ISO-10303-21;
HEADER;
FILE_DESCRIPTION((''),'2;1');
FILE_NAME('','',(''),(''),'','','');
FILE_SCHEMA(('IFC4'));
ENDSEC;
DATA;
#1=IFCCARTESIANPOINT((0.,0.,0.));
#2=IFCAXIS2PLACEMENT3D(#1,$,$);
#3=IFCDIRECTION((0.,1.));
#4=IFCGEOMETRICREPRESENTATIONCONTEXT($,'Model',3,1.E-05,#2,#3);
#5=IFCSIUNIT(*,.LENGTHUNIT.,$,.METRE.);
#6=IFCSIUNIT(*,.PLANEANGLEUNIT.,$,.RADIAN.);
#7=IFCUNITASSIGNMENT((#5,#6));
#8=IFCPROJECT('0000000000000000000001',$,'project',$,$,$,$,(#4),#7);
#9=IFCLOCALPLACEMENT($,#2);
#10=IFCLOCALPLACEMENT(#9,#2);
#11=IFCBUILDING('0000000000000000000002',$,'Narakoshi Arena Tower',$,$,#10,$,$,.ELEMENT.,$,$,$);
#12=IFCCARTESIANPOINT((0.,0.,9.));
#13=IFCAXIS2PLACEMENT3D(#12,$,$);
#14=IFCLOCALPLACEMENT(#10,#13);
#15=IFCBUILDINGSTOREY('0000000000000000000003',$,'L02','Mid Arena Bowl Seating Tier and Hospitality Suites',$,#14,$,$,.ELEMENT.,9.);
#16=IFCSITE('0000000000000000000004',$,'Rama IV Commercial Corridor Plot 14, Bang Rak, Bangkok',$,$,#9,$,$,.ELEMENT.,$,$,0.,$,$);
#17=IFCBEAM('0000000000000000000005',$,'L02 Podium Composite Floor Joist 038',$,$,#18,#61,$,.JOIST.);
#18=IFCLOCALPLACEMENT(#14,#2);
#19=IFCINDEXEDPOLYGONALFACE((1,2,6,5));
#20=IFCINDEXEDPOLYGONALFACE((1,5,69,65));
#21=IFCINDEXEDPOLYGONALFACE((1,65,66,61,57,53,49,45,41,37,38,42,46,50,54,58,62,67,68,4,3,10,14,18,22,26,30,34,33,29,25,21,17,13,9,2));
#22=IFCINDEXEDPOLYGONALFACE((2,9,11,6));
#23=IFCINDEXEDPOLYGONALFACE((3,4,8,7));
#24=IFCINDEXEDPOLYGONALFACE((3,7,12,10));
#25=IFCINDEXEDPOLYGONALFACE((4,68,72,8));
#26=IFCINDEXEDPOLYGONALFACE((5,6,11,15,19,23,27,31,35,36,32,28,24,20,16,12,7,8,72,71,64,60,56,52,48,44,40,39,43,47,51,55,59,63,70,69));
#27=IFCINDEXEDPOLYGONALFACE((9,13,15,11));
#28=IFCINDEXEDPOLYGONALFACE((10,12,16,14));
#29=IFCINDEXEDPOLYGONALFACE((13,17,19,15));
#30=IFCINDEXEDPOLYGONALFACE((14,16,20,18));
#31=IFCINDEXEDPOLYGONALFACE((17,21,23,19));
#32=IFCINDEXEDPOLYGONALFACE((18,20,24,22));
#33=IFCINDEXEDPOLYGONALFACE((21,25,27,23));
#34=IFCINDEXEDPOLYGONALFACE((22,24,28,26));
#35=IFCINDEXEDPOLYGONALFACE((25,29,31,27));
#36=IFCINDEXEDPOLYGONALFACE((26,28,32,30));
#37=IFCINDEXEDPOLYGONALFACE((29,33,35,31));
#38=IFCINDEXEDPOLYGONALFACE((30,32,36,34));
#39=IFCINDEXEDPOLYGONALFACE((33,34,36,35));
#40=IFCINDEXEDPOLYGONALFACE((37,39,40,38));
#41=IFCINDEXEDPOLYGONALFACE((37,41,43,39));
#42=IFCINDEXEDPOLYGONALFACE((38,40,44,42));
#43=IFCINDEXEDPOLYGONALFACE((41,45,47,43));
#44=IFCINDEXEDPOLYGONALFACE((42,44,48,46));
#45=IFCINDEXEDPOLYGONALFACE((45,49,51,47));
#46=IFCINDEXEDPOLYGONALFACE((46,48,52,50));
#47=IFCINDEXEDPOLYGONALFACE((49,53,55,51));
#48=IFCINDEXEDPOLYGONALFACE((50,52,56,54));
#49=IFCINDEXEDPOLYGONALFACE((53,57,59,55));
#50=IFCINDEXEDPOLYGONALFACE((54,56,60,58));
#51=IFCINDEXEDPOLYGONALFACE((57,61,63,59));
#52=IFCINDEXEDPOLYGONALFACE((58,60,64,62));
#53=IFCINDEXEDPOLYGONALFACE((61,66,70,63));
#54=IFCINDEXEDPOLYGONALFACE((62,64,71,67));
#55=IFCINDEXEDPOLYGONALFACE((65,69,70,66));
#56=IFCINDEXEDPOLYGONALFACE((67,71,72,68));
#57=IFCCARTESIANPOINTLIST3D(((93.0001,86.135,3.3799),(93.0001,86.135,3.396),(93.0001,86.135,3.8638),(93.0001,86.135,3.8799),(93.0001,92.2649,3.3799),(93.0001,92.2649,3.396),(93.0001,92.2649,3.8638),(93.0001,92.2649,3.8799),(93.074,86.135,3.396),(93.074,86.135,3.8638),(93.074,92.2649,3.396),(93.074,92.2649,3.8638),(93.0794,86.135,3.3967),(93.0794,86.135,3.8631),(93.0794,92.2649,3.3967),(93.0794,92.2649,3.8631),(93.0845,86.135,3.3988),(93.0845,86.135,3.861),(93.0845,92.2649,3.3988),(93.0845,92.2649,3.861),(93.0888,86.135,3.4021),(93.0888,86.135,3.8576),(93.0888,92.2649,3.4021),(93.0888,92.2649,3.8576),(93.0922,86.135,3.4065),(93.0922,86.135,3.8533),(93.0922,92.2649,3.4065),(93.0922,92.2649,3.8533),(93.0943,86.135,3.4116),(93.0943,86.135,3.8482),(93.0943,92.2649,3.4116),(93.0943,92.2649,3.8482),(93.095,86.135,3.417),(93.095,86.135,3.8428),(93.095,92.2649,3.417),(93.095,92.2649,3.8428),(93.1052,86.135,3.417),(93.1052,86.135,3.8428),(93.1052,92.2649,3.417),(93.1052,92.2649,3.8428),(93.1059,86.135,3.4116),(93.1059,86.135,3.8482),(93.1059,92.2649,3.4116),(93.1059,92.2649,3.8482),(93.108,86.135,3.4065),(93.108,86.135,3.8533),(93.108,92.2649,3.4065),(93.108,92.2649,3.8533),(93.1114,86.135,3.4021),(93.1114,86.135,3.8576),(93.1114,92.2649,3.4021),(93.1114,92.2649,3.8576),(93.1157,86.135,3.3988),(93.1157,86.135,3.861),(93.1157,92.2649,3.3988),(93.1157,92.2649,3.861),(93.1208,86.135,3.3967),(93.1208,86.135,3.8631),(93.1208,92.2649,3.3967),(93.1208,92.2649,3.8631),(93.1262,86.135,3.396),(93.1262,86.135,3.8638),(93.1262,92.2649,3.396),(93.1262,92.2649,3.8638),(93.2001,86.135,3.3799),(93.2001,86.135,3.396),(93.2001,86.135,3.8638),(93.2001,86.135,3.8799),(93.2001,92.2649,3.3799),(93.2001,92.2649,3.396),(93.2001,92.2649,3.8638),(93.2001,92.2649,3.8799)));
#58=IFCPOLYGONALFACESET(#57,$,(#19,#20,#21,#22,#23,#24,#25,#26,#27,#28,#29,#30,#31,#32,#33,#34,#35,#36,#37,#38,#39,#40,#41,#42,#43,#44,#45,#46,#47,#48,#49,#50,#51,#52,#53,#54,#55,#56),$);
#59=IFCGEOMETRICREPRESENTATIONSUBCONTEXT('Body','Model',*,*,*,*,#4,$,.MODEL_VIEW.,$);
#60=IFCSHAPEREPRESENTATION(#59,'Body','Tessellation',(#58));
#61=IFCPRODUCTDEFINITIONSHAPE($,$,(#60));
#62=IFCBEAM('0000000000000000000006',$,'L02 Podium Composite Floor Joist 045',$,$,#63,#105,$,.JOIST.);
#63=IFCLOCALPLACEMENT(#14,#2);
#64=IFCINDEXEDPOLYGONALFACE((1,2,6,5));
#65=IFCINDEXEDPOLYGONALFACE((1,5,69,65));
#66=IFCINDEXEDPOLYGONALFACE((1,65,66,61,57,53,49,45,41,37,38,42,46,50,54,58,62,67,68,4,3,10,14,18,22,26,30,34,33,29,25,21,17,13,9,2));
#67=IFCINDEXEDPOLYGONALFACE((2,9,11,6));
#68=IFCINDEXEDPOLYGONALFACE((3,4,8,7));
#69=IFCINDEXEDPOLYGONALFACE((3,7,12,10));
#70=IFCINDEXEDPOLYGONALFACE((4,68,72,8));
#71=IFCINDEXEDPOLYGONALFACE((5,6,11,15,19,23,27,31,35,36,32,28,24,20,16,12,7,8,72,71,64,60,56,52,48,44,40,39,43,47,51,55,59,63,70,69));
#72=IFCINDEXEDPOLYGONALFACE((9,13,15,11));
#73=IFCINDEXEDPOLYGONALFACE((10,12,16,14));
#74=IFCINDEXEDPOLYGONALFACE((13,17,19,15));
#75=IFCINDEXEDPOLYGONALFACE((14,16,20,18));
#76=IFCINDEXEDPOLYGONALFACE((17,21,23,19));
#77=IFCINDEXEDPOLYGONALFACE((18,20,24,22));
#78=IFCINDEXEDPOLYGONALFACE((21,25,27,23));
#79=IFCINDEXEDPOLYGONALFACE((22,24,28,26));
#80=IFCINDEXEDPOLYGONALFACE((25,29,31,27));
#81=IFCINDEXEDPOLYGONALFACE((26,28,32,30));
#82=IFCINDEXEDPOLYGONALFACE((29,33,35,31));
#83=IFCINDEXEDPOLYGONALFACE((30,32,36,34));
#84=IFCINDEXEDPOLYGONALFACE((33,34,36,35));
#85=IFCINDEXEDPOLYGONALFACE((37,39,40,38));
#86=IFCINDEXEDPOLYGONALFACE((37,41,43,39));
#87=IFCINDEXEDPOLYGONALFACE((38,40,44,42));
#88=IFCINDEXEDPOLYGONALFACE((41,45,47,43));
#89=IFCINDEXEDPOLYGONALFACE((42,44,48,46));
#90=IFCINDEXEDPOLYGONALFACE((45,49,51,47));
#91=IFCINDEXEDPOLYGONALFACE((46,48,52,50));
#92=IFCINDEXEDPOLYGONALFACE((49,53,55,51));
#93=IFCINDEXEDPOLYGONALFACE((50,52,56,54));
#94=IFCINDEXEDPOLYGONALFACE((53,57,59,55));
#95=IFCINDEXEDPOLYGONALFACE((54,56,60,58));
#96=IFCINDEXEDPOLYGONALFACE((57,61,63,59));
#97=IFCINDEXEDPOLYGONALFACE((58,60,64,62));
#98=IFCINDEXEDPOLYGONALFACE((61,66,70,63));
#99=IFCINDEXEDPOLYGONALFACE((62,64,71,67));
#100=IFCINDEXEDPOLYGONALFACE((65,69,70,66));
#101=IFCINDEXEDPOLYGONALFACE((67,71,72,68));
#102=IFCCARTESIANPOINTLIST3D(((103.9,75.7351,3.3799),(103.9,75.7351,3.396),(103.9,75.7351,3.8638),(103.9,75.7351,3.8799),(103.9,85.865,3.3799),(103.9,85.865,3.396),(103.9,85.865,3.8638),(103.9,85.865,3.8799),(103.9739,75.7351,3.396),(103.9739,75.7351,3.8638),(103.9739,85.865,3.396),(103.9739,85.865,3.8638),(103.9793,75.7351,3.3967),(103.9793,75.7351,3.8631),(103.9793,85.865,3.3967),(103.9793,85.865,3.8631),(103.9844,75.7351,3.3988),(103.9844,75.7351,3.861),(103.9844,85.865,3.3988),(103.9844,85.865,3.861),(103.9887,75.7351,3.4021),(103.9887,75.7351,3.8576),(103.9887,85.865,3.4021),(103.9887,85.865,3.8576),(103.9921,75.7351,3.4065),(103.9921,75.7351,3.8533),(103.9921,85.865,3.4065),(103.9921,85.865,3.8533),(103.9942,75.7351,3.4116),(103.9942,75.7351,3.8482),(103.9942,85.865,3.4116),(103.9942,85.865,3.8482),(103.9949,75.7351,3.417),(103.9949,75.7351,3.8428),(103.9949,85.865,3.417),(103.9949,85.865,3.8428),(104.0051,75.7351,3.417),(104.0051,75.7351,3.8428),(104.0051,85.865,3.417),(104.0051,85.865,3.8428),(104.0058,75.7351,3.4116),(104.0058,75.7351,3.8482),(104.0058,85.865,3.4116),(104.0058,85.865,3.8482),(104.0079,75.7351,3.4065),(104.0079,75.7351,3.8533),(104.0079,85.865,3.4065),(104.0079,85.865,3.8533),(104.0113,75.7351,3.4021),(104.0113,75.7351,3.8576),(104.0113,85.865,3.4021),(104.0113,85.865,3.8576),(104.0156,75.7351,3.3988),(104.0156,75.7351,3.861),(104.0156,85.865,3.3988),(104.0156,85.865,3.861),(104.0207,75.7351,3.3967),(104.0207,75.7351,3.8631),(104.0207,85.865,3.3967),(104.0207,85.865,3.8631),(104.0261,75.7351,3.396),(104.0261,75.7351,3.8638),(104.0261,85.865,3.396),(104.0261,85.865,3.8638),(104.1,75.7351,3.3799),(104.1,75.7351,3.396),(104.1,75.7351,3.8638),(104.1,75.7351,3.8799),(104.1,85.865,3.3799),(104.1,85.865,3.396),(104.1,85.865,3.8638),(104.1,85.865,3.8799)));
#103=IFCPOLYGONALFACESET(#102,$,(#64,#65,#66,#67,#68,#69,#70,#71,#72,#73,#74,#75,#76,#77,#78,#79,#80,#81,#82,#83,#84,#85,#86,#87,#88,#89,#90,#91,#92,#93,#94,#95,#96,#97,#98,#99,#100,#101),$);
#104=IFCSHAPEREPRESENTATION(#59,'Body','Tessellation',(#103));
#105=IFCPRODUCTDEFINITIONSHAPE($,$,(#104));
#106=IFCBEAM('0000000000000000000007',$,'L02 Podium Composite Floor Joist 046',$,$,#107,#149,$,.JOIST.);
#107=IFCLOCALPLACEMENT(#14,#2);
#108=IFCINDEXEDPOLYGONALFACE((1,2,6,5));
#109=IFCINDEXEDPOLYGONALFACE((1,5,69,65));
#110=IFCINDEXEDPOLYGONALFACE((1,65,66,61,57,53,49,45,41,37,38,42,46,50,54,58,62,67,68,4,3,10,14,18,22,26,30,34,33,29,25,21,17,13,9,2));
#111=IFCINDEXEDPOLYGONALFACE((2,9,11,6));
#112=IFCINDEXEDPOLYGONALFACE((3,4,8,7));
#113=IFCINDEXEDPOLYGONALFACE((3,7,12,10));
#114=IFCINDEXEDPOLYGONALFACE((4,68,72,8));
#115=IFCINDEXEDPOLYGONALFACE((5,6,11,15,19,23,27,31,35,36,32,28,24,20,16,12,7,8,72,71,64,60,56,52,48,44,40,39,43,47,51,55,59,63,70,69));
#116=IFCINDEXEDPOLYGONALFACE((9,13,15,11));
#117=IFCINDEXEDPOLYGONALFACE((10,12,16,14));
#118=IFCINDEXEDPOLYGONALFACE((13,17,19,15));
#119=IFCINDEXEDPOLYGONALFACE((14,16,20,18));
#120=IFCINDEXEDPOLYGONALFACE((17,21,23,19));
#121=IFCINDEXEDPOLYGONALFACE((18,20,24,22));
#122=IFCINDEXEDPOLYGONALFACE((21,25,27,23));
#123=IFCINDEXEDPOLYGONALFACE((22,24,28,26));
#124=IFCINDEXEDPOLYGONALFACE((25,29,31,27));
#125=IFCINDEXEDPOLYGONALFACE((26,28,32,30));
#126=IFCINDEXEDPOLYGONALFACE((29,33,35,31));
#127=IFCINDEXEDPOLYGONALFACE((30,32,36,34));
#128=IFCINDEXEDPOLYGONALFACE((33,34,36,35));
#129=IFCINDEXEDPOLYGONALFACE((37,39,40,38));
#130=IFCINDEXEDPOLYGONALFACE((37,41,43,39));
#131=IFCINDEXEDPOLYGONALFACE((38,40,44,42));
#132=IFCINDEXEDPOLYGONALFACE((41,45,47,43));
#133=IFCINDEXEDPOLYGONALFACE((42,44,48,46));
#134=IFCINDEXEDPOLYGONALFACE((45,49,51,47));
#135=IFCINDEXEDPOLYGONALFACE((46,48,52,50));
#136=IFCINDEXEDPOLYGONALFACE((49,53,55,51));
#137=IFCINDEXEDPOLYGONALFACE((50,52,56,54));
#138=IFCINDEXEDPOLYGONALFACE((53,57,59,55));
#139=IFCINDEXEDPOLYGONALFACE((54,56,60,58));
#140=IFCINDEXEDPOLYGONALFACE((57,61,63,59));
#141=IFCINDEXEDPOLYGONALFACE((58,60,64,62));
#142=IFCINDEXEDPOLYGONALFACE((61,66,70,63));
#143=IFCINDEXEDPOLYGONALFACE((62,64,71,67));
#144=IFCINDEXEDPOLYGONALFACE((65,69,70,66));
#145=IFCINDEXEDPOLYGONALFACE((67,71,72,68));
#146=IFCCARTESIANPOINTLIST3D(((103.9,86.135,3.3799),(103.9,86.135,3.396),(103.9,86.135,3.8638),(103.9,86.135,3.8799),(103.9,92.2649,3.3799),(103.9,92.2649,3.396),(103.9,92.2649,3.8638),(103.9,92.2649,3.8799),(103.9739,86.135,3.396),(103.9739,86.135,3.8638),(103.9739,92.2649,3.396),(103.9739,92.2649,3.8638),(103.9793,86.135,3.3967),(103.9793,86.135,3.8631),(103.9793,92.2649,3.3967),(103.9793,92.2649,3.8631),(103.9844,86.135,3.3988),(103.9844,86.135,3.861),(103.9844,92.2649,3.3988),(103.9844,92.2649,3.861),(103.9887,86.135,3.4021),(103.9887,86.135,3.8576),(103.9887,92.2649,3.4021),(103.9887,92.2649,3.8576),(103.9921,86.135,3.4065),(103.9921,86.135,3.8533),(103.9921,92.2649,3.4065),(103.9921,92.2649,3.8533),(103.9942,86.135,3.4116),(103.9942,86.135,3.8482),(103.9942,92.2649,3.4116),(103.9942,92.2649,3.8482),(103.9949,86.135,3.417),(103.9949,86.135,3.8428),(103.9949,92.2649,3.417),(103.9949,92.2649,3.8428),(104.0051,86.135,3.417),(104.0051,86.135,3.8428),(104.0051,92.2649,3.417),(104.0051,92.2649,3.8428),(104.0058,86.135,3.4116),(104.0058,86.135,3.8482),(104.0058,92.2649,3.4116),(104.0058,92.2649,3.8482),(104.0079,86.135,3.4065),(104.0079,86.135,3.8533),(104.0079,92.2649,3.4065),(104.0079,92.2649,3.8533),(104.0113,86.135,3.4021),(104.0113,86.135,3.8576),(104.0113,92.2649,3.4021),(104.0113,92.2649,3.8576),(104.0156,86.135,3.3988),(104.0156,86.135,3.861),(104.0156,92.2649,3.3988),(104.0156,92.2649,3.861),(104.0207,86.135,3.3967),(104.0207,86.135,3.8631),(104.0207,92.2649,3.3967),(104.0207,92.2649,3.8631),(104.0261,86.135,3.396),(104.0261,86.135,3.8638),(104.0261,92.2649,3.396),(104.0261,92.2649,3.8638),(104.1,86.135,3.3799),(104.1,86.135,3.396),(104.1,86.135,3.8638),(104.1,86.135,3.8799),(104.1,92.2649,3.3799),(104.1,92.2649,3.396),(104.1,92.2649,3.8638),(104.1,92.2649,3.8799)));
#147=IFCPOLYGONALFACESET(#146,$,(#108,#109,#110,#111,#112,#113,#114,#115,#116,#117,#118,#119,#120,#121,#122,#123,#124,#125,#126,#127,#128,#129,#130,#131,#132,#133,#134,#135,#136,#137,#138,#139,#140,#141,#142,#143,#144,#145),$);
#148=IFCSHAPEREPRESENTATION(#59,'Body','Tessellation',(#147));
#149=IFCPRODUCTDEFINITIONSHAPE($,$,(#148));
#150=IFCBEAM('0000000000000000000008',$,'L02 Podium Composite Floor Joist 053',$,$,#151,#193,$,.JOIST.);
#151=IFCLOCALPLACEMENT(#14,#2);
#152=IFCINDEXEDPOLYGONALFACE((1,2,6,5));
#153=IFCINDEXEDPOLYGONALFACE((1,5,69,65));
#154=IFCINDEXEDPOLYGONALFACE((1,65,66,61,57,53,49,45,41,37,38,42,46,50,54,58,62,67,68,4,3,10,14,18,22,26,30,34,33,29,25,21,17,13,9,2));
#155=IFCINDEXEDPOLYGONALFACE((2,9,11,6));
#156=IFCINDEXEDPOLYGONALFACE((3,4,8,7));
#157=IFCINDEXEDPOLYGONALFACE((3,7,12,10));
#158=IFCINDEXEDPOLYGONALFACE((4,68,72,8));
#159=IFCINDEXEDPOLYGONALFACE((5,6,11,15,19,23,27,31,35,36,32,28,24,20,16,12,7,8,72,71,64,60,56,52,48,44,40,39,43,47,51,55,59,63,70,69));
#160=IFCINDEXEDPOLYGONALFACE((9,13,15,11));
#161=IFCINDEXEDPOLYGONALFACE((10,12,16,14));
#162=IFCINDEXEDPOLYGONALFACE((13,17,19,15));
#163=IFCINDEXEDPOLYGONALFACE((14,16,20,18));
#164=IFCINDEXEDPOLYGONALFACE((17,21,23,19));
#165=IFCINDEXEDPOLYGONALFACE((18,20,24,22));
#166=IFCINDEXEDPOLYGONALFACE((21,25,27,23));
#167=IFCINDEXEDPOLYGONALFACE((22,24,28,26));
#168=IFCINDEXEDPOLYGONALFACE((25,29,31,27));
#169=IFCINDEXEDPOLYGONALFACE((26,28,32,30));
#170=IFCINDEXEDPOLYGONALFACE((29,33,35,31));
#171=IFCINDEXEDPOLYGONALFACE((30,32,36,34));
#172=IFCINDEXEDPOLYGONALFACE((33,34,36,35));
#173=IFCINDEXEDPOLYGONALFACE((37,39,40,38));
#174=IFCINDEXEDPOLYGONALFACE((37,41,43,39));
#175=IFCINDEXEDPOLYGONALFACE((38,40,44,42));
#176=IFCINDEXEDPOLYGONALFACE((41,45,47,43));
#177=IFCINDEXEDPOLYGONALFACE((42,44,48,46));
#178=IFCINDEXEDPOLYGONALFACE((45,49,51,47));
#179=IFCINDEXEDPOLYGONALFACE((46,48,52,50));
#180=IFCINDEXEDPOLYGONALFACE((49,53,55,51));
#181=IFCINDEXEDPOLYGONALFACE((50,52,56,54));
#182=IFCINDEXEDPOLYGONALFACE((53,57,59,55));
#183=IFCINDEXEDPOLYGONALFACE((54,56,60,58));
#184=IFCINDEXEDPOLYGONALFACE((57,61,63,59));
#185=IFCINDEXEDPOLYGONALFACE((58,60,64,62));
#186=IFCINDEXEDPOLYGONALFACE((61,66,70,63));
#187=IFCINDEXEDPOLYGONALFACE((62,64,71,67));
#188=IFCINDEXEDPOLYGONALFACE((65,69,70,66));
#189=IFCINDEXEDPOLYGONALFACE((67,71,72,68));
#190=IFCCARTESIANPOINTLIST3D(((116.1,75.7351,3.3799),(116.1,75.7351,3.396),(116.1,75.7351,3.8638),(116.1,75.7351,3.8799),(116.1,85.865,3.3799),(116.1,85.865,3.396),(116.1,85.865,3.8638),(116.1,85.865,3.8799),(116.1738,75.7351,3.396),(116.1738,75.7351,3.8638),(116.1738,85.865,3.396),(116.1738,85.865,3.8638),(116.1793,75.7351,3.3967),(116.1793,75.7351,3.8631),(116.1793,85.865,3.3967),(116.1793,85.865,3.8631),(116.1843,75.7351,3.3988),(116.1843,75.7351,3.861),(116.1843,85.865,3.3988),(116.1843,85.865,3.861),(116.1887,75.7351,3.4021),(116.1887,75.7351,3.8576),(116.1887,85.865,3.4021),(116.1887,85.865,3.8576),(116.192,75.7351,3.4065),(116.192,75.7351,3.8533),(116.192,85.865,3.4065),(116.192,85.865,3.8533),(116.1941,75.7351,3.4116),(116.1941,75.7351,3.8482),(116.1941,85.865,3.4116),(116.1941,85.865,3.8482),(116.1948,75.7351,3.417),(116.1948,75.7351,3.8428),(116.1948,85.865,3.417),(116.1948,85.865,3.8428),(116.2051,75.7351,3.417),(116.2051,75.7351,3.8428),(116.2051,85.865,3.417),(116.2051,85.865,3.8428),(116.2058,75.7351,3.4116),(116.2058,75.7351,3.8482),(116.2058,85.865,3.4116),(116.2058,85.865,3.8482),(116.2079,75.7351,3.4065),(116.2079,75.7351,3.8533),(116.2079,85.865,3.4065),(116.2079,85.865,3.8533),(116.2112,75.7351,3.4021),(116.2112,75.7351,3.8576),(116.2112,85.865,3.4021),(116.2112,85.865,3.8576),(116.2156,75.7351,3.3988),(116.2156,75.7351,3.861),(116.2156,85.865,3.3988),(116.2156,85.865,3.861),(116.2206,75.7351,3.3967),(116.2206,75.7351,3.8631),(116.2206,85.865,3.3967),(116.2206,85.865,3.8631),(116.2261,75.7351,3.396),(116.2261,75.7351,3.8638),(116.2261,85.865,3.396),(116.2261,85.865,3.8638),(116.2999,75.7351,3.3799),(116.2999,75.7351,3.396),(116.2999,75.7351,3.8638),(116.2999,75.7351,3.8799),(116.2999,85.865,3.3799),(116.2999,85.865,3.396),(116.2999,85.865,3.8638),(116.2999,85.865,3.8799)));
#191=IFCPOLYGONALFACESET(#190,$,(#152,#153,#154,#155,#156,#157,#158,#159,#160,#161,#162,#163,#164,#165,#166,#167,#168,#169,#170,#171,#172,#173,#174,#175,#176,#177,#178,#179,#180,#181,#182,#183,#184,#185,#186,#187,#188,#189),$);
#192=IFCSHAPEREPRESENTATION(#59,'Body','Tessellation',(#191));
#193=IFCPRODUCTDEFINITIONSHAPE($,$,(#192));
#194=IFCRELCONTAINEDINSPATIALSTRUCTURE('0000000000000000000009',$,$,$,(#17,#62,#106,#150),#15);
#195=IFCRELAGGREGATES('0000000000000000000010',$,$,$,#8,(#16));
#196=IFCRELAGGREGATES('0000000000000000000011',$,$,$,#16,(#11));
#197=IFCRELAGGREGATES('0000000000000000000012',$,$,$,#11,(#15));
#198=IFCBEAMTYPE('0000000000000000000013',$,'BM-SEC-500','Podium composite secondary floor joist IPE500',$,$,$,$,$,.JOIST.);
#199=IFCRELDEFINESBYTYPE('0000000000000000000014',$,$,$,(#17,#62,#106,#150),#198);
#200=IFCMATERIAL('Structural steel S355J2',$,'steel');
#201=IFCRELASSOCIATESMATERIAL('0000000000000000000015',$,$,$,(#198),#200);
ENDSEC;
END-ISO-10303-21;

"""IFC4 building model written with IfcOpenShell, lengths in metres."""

from ifc_helpers import new_model, si_unit, direction, frame, origin, origin_2d, place, context, subcontext, project, spatial, i_section, extrude, material, material_profile, profile_set, type_object, element, save


model = new_model("IFC4")

# Units and contexts
model_context = context("Model", 3, precision=1e-05, world=origin(), true_north=direction((0.0, 1.0)))
body_context = subcontext(model_context, "Body", "Model", "MODEL_VIEW")
ifc_project = project(units=[si_unit("LENGTHUNIT", "METRE"), si_unit("PLANEANGLEUNIT", "RADIAN")], contexts=[model_context])

# Site, building, storey
site_placement = place(None, origin())
site = spatial("IfcSite", under=ifc_project, at=site_placement, Name="Rama IV Commercial Corridor Plot 14, Bang Rak, Bangkok", CompositionType="ELEMENT", RefElevation=0.0)
building_placement = place(site_placement, origin())
building = spatial("IfcBuilding", under=site, at=building_placement, Name="Narakoshi Arena Tower", CompositionType="ELEMENT")
storey_placement = place(building_placement, frame((0.0, 0.0, 9.0)))
storey = spatial("IfcBuildingStorey", under=building, at=storey_placement, Name="L02", Description="Mid Arena Bowl Seating Tier and Hospitality Suites", CompositionType="ELEMENT", Elevation=9.0)

# Beams
ifc_material_1 = material(Name="Structural steel S355J2", Category="steel")
ifc_material_profile_1 = material_profile(ifc_material_1, i_section(OverallWidth=0.2, OverallDepth=0.5, WebThickness=0.0103, FlangeThickness=0.0161, FilletRadius=0.021, at=origin_2d()), Name="IPE500")
ifc_profile_set_1 = profile_set([ifc_material_profile_1], Name="Structural steel S355J2")
beam_type_1 = type_object("IfcBeamType", Name="BM-SEC-500", Description="Podium composite secondary floor joist IPE500", PredefinedType="JOIST", material=ifc_profile_set_1)
beam_1_placement = place(storey_placement, frame((93.1001, 86.135, 3.6299), z_axis=(0.0, 1.0, 0.0), x_axis=(-1.0, 0.0, 0.0)))
element("IfcBeam", 1, at=beam_1_placement, inside=storey, type_object=beam_type_1, Name="L02 Podium Composite Floor Joist 038", PredefinedType="JOIST", context=body_context, shape_type="SweptSolid", body=[
    extrude(i_section(OverallWidth=0.2, OverallDepth=0.5, WebThickness=0.0103, FlangeThickness=0.0161, FilletRadius=0.021, at=origin_2d()), origin(), (0.0, 0.0, 1.0), 6.1299),
])
beam_2_placement = place(storey_placement, frame((104.0, 75.7351, 3.6299), z_axis=(0.0, 1.0, 0.0), x_axis=(-1.0, 0.0, 0.0)))
element("IfcBeam", 2, at=beam_2_placement, inside=storey, type_object=beam_type_1, Name="L02 Podium Composite Floor Joist 045", PredefinedType="JOIST", context=body_context, shape_type="SweptSolid", body=[
    extrude(i_section(OverallWidth=0.2, OverallDepth=0.5, WebThickness=0.0103, FlangeThickness=0.0161, FilletRadius=0.021, at=origin_2d()), origin(), (0.0, 0.0, 1.0), 10.1299),
])
beam_3_placement = place(storey_placement, frame((104.0, 86.135, 3.6299), z_axis=(0.0, 1.0, 0.0), x_axis=(-1.0, 0.0, 0.0)))
element("IfcBeam", 3, at=beam_3_placement, inside=storey, type_object=beam_type_1, Name="L02 Podium Composite Floor Joist 046", PredefinedType="JOIST", context=body_context, shape_type="SweptSolid", body=[
    extrude(i_section(OverallWidth=0.2, OverallDepth=0.5, WebThickness=0.0103, FlangeThickness=0.0161, FilletRadius=0.021, at=origin_2d()), origin(), (0.0, 0.0, 1.0), 6.1299),
])
beam_4_placement = place(storey_placement, frame((116.2, 75.7351, 3.6299), z_axis=(0.0, 1.0, 0.0), x_axis=(-1.0, 0.0, 0.0)))
element("IfcBeam", 4, at=beam_4_placement, inside=storey, type_object=beam_type_1, Name="L02 Podium Composite Floor Joist 053", PredefinedType="JOIST", context=body_context, shape_type="SweptSolid", body=[
    extrude(i_section(OverallWidth=0.2, OverallDepth=0.5, WebThickness=0.0103, FlangeThickness=0.0161, FilletRadius=0.021, at=origin_2d()), origin(), (0.0, 0.0, 1.0), 10.1299),
])

save(model, "model.ifc")
